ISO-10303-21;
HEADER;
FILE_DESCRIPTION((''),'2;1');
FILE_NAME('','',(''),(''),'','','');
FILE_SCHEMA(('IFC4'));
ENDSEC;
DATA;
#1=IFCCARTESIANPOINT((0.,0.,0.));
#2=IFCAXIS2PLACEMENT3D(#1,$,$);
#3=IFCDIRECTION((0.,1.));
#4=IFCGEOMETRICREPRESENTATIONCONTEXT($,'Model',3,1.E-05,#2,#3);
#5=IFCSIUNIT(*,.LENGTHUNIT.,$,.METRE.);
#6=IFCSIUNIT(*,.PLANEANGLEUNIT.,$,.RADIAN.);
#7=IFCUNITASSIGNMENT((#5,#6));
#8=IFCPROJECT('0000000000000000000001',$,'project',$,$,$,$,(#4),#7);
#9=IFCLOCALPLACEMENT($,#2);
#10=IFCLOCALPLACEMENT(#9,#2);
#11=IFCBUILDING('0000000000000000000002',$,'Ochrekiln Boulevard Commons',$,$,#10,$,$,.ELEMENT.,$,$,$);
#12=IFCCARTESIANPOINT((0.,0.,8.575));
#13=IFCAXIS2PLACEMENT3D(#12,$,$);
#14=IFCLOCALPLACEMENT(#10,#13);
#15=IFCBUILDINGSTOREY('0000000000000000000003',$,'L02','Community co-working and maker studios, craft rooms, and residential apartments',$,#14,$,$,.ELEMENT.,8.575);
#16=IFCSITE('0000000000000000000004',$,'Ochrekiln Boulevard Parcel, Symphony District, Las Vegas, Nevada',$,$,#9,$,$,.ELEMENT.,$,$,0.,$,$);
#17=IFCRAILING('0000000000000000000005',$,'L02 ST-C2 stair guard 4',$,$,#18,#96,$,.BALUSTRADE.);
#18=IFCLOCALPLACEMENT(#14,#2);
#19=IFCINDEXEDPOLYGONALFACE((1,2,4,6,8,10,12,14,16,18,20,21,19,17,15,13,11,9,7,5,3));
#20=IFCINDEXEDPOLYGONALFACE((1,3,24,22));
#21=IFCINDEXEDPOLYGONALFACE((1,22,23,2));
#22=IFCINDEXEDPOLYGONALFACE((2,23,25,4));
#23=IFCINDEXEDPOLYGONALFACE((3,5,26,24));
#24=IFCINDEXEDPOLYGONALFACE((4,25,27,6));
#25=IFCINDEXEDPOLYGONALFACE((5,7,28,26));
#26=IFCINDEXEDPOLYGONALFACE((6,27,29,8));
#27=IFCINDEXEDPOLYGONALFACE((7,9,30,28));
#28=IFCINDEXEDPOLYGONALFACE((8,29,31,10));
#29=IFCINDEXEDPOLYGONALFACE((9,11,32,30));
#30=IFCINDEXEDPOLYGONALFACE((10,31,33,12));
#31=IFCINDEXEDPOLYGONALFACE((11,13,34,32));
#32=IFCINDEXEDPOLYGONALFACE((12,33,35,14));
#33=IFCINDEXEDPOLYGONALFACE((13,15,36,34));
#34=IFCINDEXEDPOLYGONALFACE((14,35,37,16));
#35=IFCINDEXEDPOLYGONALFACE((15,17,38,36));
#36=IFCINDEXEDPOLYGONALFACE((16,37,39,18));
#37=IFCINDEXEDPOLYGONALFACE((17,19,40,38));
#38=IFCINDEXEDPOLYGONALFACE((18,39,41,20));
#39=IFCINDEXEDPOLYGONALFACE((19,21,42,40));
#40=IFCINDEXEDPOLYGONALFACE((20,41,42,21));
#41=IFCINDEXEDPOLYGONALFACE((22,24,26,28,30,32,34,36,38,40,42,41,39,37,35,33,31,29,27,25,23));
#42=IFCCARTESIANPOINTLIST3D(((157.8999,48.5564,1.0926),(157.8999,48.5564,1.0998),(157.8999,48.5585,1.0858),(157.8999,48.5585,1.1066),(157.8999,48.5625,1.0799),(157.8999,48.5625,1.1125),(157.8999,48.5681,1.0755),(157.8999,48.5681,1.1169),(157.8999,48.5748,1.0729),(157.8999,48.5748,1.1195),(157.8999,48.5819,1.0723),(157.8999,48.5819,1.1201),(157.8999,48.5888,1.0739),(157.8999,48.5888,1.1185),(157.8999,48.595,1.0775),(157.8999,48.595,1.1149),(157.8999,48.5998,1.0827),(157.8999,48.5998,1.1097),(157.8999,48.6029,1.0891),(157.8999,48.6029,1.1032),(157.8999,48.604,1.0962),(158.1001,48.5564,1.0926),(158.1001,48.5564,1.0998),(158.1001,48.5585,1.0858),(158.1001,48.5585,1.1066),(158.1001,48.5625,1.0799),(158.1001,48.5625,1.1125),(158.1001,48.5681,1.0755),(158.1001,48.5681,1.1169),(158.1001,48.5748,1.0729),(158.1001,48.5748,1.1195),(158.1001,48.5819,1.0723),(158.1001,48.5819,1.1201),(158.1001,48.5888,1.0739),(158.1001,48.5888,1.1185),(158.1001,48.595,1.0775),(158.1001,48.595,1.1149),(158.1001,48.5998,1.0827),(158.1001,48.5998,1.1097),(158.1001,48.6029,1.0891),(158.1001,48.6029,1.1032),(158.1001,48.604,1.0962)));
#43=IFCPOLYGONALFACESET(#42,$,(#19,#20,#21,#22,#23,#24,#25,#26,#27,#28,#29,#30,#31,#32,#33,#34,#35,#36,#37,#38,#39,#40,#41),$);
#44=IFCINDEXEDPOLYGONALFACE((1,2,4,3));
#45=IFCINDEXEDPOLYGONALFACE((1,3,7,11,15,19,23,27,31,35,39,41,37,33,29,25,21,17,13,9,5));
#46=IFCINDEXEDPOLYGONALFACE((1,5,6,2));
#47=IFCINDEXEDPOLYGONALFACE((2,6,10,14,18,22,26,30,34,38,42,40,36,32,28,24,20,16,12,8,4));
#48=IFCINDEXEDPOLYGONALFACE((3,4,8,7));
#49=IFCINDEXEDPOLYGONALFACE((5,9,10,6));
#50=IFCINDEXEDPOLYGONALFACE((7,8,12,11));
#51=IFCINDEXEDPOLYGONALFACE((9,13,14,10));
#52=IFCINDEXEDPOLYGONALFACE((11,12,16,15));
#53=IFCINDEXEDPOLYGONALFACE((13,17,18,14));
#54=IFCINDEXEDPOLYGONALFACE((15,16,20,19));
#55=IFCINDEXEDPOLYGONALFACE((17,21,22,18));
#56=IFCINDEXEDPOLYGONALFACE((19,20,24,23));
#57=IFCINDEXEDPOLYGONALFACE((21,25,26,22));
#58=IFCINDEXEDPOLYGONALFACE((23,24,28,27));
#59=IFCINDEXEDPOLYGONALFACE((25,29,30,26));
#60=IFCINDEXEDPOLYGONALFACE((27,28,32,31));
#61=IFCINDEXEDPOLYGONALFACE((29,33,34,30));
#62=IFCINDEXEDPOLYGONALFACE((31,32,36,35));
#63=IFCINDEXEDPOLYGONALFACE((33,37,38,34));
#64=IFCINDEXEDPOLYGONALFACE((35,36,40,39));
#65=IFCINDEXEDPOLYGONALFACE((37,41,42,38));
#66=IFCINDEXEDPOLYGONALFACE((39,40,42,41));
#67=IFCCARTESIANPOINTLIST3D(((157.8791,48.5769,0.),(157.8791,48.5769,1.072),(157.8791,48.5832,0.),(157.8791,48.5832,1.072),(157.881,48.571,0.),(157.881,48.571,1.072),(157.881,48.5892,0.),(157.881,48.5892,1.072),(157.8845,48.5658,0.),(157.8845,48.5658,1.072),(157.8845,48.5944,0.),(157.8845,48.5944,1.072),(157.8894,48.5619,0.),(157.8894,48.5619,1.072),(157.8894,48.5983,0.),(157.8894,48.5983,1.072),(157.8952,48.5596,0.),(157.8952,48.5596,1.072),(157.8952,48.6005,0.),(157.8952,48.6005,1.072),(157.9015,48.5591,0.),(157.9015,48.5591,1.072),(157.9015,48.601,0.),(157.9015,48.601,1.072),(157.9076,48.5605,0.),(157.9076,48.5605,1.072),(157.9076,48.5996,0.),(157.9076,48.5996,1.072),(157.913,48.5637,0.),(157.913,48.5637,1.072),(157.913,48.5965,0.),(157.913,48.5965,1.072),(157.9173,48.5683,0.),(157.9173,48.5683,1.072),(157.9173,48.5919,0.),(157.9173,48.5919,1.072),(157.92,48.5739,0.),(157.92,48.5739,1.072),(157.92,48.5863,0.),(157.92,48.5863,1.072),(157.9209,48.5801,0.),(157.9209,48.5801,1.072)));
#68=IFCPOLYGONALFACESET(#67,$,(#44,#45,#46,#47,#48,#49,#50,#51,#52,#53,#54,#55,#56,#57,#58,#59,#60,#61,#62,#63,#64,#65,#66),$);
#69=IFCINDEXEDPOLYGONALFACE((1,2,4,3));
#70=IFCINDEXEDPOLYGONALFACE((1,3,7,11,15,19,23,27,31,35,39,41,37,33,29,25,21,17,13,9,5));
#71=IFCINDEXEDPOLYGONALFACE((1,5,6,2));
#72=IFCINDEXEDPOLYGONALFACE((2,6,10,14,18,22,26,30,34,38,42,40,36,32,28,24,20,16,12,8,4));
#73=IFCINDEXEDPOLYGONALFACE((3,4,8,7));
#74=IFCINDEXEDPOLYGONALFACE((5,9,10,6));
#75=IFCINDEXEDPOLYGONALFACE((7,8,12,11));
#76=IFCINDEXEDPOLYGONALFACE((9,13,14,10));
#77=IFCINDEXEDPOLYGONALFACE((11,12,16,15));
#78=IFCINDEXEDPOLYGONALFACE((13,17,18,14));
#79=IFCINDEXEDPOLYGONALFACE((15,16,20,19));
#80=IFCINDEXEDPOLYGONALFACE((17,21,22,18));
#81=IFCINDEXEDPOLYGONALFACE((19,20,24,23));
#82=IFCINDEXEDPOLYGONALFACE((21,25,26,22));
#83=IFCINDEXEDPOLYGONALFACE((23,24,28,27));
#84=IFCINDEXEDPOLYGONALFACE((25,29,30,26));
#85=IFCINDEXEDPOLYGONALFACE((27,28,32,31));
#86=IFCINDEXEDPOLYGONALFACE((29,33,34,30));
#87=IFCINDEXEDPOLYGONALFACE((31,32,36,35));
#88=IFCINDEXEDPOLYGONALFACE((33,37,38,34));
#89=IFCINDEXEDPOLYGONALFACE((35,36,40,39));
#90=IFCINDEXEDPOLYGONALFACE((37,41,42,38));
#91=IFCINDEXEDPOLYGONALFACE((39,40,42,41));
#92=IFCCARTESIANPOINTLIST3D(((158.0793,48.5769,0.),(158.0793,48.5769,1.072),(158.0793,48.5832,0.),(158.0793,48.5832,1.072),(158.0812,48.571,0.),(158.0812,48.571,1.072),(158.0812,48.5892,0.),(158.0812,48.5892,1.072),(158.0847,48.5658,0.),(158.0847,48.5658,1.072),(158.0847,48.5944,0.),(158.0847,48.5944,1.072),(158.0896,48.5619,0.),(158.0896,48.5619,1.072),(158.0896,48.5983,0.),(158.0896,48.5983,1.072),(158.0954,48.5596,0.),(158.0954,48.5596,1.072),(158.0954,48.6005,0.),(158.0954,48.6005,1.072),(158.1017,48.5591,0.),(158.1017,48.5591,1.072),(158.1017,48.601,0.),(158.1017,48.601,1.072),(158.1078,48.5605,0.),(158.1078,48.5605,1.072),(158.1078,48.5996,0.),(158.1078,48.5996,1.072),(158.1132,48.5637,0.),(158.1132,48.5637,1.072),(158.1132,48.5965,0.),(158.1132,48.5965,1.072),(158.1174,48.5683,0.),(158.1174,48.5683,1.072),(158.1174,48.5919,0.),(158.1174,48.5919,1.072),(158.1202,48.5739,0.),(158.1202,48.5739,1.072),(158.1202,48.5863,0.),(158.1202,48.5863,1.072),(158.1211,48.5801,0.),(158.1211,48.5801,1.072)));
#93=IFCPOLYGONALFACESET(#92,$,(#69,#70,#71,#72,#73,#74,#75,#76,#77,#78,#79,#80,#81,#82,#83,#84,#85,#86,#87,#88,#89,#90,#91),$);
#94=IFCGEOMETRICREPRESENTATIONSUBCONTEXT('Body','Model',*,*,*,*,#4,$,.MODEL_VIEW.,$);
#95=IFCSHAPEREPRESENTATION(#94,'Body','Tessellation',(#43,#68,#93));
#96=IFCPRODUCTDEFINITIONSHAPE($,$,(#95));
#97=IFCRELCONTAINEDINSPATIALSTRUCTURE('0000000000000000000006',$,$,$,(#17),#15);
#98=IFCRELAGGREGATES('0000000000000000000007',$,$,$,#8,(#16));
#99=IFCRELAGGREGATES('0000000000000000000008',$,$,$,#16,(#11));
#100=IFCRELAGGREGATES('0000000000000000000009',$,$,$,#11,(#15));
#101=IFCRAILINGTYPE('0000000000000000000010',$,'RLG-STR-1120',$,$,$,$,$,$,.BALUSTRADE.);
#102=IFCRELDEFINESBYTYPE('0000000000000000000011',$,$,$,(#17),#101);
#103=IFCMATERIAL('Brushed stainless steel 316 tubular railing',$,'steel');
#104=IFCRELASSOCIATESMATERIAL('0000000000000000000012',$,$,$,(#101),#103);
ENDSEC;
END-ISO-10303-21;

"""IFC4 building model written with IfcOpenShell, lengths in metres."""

from ifc_helpers import new_model, si_unit, direction, frame, origin, origin_2d, place, context, subcontext, project, spatial, circle, extrude, material, type_object, element, save


model = new_model("IFC4")

# Units and contexts
model_context = context("Model", 3, precision=1e-05, world=origin(), true_north=direction((0.0, 1.0)))
body_context = subcontext(model_context, "Body", "Model", "MODEL_VIEW")
ifc_project = project(units=[si_unit("LENGTHUNIT", "METRE"), si_unit("PLANEANGLEUNIT", "RADIAN")], contexts=[model_context])

# Site, building, storey
site_placement = place(None, origin())
site = spatial("IfcSite", under=ifc_project, at=site_placement, Name="Ochrekiln Boulevard Parcel, Symphony District, Las Vegas, Nevada", CompositionType="ELEMENT", RefElevation=0.0)
building_placement = place(site_placement, origin())
building = spatial("IfcBuilding", under=site, at=building_placement, Name="Ochrekiln Boulevard Commons", CompositionType="ELEMENT")
storey_placement = place(building_placement, frame((0.0, 0.0, 8.575)))
storey = spatial("IfcBuildingStorey", under=building, at=storey_placement, Name="L02", Description="Community co-working and maker studios, craft rooms, and residential apartments", CompositionType="ELEMENT", Elevation=8.575)

# Railing
ifc_material_1 = material(Name="Brushed stainless steel 316 tubular railing", Category="steel")
railing_type_1 = type_object("IfcRailingType", Name="RLG-STR-1120", PredefinedType="BALUSTRADE", material=ifc_material_1)
railing_1_placement = place(storey_placement, frame((157.8999, 48.5801, 0.0)))
element("IfcRailing", 1, at=railing_1_placement, inside=storey, type_object=railing_type_1, Name="L02 ST-C2 stair guard 4", PredefinedType="BALUSTRADE", context=body_context, shape_type="SweptSolid", body=[
    extrude(circle(Radius=0.0239, at=origin_2d()), frame((0.0, 0.0, 1.0962), z_axis=(1.0, 0.0, 0.0), x_axis=(0.0, 1.0, 0.0)), (0.0, 0.0, 1.0), 0.2002),
    extrude(circle(Radius=0.021, at=origin_2d()), origin(), (0.0, 0.0, 1.0), 1.072),
    extrude(circle(Radius=0.021, at=origin_2d()), frame((0.2002, 0.0, 0.0)), (0.0, 0.0, 1.0), 1.072),
])

save(model, "model.ifc")
